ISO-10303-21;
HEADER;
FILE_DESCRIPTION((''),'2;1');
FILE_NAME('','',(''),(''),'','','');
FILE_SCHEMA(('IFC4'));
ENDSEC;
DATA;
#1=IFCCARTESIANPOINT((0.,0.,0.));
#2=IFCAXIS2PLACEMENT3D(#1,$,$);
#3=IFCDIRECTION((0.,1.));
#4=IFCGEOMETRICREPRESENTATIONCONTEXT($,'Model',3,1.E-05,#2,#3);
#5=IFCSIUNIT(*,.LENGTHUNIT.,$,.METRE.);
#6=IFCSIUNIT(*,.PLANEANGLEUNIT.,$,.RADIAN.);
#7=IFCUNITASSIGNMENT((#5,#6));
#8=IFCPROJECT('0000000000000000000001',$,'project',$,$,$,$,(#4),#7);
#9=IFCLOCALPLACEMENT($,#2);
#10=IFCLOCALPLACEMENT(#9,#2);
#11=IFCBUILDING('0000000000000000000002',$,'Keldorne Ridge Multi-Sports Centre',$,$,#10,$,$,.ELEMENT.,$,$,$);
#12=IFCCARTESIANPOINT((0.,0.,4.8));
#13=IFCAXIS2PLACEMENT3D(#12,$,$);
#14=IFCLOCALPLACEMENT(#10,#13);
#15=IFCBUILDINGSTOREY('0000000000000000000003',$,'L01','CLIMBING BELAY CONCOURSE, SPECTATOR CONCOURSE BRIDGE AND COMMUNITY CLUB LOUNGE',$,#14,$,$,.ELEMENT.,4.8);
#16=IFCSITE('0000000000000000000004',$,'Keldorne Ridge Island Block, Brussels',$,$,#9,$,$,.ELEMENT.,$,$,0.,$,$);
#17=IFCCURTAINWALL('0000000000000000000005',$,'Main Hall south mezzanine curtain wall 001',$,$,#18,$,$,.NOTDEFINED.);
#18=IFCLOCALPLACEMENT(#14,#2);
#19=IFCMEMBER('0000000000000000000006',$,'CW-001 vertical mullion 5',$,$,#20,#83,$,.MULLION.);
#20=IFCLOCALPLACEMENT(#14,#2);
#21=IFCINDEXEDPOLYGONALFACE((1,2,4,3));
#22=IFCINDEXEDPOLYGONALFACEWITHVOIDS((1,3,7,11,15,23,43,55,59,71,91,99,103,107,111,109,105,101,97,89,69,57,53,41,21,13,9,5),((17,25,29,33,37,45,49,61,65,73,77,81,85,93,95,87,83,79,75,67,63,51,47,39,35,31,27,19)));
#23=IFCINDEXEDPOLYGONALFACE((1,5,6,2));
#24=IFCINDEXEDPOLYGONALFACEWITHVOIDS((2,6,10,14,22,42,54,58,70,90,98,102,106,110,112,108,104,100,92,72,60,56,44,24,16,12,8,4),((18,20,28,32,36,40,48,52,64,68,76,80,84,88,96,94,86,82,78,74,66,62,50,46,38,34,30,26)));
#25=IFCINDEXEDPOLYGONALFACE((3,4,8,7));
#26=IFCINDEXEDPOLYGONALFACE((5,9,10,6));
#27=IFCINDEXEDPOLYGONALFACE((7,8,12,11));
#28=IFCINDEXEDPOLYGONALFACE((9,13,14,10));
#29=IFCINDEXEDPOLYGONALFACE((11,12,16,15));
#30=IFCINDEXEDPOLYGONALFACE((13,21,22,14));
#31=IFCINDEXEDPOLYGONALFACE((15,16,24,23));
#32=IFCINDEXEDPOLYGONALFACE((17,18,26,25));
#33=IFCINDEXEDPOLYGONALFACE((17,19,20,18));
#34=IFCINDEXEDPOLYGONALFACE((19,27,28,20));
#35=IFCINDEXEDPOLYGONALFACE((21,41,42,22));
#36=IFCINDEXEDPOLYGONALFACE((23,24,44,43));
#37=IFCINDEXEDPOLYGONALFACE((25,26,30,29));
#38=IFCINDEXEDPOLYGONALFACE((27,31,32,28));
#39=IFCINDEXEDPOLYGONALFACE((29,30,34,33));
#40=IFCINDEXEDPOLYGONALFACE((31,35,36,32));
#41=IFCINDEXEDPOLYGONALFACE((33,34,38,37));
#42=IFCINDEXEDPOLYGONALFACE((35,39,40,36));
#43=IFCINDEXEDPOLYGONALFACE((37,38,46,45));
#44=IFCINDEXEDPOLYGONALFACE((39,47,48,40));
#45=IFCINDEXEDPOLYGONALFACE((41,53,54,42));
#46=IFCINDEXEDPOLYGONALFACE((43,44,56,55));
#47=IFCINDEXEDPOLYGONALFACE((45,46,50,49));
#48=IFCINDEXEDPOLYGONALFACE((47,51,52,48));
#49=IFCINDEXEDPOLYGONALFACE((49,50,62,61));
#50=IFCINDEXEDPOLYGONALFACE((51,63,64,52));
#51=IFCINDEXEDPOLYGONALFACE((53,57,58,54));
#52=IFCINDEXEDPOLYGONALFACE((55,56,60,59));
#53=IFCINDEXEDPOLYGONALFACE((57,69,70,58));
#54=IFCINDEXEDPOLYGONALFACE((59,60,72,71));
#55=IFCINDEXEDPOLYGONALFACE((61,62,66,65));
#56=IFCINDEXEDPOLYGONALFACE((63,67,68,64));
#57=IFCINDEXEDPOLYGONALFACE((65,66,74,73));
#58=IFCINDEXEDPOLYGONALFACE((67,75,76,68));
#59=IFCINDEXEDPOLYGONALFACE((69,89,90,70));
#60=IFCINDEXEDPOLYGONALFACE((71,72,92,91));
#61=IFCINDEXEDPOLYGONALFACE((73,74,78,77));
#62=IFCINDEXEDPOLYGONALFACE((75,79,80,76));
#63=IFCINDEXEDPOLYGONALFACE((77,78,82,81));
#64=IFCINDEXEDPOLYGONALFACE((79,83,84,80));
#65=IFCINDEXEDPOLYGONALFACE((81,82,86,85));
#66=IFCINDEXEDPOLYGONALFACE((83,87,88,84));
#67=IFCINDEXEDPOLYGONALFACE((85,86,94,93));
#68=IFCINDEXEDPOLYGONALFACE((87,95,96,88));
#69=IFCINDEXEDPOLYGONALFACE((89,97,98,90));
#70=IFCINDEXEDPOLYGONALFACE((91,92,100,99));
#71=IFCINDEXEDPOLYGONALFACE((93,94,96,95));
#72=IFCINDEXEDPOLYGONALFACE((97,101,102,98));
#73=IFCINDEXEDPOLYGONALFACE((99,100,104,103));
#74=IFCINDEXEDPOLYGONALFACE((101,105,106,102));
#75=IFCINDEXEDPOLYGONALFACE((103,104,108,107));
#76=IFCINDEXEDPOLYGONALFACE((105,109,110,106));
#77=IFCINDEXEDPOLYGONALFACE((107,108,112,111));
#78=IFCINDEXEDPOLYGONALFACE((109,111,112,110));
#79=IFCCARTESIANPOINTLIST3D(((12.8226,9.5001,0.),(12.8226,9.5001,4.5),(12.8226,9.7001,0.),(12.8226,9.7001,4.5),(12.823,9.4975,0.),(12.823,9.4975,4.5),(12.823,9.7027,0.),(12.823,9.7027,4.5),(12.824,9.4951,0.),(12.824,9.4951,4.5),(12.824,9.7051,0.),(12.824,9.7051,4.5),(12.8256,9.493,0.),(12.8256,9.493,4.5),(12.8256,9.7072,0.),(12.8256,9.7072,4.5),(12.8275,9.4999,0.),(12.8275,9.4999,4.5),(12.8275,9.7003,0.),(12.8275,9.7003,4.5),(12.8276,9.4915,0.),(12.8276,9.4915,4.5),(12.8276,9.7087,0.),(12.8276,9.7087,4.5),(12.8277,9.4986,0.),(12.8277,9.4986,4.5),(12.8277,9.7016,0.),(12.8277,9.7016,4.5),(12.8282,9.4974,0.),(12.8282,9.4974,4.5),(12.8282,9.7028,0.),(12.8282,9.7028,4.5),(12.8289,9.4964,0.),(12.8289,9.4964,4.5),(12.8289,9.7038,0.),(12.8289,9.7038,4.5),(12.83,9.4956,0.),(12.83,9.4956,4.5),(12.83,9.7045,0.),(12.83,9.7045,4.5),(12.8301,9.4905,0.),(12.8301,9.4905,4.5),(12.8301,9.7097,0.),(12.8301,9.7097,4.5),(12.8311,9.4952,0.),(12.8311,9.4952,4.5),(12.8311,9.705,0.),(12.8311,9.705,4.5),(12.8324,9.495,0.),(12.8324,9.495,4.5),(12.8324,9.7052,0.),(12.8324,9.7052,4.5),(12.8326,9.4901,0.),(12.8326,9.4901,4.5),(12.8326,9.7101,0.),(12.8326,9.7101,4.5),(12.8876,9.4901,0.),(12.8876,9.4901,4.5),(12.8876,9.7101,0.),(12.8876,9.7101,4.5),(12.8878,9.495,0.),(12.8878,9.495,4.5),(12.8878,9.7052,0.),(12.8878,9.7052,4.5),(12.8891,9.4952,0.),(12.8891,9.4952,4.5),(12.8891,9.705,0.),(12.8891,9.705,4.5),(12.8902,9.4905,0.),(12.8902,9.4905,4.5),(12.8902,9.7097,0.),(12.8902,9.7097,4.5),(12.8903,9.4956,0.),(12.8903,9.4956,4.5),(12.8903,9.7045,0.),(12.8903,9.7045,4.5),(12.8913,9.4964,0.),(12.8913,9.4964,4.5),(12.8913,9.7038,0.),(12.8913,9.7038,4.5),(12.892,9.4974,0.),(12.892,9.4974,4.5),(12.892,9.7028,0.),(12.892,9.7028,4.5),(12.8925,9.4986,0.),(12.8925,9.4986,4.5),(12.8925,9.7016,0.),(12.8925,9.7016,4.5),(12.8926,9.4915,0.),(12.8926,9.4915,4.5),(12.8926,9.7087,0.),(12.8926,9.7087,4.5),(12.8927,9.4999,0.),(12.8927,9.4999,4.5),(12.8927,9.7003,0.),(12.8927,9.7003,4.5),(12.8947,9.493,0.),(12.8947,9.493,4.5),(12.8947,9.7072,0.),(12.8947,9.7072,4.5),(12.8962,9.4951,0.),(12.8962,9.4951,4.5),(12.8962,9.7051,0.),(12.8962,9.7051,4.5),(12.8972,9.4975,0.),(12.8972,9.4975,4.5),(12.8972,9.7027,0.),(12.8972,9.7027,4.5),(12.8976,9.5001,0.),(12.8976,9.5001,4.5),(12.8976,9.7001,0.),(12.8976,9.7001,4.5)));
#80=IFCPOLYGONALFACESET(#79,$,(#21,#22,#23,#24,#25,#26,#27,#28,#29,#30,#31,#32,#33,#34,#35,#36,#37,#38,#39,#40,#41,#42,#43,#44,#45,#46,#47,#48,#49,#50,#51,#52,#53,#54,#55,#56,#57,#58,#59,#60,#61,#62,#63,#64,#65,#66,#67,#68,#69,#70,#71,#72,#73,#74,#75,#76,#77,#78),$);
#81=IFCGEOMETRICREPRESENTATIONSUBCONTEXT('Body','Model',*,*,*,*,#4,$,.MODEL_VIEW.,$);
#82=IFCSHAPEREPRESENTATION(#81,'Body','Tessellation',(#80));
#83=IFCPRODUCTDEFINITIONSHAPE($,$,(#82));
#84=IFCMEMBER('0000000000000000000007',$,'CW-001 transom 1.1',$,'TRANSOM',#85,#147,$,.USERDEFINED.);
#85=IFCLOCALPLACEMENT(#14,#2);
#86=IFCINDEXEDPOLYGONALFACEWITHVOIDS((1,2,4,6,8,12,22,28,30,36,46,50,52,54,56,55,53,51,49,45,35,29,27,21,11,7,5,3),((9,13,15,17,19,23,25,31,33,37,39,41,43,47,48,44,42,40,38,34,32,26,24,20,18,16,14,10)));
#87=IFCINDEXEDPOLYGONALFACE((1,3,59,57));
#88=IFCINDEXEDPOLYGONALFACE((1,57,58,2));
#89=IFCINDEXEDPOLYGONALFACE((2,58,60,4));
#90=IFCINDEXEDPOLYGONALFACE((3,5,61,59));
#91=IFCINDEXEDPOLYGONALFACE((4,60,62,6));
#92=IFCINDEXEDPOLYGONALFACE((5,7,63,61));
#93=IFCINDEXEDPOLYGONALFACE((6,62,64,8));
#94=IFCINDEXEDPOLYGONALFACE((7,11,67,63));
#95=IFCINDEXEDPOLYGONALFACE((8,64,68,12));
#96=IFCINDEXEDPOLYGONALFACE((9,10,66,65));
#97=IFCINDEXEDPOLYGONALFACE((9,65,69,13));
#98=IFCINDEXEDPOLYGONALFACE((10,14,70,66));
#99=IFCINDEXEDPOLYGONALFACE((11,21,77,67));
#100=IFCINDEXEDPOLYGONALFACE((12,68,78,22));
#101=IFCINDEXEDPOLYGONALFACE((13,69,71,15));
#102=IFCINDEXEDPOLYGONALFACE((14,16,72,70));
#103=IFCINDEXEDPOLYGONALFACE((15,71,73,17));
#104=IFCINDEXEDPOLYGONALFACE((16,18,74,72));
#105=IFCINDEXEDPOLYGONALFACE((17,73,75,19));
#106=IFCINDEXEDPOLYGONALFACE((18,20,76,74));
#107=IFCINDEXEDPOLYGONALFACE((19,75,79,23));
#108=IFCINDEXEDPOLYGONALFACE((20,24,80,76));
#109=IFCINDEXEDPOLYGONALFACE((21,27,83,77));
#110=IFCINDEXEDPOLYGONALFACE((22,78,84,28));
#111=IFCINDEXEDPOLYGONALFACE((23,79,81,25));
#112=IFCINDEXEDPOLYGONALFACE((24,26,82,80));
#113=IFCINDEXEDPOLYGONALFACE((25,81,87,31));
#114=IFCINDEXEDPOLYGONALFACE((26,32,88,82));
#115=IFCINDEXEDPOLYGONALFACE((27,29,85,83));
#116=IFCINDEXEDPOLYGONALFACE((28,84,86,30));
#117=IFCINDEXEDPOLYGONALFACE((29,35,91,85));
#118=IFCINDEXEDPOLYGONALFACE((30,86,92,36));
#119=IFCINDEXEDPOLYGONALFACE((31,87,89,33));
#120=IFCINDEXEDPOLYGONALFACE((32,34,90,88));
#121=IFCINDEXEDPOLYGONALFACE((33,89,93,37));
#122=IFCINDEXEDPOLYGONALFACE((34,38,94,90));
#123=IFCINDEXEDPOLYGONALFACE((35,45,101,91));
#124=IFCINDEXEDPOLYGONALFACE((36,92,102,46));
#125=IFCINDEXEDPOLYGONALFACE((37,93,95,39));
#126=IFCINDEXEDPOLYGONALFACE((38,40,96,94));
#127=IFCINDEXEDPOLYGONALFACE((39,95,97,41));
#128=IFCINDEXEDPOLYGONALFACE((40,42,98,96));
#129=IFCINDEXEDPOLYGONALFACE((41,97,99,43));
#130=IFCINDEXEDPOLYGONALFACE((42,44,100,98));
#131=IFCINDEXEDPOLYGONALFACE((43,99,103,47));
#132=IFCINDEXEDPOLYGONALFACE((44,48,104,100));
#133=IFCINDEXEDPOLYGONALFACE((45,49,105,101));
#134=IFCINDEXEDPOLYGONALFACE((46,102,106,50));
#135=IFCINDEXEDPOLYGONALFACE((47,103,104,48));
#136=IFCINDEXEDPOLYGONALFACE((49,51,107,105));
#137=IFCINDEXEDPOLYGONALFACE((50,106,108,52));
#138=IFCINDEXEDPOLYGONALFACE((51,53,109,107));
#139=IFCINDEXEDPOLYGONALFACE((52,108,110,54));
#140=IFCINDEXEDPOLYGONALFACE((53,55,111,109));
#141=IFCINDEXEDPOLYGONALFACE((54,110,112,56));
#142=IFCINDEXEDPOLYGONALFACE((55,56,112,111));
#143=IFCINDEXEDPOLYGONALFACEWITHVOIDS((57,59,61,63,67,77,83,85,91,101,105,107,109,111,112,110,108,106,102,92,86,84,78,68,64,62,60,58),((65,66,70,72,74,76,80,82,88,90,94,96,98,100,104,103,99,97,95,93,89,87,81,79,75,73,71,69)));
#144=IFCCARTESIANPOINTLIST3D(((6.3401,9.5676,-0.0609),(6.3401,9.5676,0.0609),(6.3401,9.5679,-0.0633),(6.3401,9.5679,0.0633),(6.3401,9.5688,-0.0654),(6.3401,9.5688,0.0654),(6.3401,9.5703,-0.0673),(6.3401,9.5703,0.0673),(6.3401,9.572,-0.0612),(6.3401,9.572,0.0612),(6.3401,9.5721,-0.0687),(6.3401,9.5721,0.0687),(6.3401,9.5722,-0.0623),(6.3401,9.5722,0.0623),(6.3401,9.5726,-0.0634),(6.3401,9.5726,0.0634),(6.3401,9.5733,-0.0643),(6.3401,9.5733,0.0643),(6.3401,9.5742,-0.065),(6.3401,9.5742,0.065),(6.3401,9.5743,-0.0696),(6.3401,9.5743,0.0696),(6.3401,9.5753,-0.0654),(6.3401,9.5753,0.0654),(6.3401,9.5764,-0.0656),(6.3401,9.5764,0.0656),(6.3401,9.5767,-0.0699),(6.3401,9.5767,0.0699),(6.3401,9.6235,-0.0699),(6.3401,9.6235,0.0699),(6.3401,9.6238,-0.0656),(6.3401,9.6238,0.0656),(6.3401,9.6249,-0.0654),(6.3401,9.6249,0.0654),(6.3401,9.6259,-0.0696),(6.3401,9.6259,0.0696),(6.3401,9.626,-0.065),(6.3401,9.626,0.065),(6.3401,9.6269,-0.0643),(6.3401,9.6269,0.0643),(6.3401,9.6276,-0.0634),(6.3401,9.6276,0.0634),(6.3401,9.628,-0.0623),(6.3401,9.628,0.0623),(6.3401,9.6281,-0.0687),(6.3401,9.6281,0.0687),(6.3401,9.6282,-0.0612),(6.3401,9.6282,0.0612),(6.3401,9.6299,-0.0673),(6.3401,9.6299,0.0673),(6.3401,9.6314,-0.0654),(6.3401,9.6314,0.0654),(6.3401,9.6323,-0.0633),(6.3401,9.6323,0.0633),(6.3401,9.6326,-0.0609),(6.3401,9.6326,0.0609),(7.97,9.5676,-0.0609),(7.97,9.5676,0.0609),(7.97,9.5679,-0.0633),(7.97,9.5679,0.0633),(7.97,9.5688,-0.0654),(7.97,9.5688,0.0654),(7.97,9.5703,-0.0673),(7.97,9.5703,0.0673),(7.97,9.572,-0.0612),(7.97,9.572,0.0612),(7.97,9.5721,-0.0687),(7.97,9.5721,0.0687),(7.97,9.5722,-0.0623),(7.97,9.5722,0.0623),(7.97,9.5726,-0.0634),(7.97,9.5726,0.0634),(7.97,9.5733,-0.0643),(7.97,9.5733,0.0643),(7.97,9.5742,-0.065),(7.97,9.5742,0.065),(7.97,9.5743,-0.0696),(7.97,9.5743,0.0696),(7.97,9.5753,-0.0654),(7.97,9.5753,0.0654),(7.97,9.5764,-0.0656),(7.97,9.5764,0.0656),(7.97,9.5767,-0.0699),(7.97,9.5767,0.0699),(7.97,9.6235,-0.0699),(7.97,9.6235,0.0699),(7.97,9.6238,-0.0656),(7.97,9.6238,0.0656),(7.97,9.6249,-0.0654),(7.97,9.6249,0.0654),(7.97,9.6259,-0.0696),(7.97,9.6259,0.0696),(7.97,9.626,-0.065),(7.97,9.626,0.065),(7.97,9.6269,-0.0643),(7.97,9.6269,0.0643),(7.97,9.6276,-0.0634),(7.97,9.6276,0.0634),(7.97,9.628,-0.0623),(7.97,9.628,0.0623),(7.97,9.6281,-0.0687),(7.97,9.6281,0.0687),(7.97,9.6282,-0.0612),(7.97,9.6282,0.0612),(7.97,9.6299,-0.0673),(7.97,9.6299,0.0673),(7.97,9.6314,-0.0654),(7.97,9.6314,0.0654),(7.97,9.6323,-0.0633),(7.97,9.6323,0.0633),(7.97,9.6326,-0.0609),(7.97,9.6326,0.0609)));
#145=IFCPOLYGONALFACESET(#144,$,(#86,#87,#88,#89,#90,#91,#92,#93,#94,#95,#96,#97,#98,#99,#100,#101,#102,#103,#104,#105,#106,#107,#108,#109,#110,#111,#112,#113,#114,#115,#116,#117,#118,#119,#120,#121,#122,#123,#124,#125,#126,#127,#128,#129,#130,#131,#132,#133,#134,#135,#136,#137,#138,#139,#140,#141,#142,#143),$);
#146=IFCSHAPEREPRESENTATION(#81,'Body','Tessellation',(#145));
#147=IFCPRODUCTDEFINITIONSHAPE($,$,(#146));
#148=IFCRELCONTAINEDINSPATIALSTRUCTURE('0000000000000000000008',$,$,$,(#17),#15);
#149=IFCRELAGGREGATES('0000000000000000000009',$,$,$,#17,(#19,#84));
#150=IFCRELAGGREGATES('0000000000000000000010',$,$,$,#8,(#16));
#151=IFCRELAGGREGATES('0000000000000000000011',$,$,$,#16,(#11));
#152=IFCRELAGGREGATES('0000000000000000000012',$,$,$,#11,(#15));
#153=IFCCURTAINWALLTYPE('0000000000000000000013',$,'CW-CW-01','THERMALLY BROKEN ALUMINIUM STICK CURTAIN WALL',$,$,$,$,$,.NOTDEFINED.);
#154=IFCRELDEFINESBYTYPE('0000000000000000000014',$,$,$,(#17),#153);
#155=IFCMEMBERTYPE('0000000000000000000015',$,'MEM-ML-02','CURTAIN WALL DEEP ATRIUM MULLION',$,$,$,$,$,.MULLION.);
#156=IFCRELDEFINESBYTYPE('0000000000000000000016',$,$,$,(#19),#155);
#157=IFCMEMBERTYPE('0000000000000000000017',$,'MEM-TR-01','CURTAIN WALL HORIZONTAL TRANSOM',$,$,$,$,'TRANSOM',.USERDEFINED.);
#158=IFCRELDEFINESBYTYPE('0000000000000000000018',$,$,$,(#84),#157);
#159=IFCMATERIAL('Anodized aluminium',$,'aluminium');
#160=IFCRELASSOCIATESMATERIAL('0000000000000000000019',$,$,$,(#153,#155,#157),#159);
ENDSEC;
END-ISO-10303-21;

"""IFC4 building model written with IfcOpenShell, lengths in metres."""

from ifc_helpers import new_model, si_unit, direction, frame, origin, origin_2d, place, context, subcontext, project, spatial, hollow_rectangle, extrude, material, material_profile, profile_set, type_object, element, aggregate, save


model = new_model("IFC4")

# Units and contexts
model_context = context("Model", 3, precision=1e-05, world=origin(), true_north=direction((0.0, 1.0)))
body_context = subcontext(model_context, "Body", "Model", "MODEL_VIEW")
ifc_project = project(units=[si_unit("LENGTHUNIT", "METRE"), si_unit("PLANEANGLEUNIT", "RADIAN")], contexts=[model_context])

# Site, building, storey
site_placement = place(None, origin())
site = spatial("IfcSite", under=ifc_project, at=site_placement, Name="Keldorne Ridge Island Block, Brussels", CompositionType="ELEMENT", RefElevation=0.0)
building_placement = place(site_placement, origin())
building = spatial("IfcBuilding", under=site, at=building_placement, Name="Keldorne Ridge Multi-Sports Centre", CompositionType="ELEMENT")
storey_placement = place(building_placement, frame((0.0, 0.0, 4.8)))
storey = spatial("IfcBuildingStorey", under=building, at=storey_placement, Name="L01", Description="CLIMBING BELAY CONCOURSE, SPECTATOR CONCOURSE BRIDGE AND COMMUNITY CLUB LOUNGE", CompositionType="ELEMENT", Elevation=4.8)

# Curtain wall, members
ifc_material_1 = material(Name="Anodized aluminium", Category="aluminium")
curtain_wall_type = type_object("IfcCurtainWallType", Name="CW-CW-01", Description="THERMALLY BROKEN ALUMINIUM STICK CURTAIN WALL", PredefinedType="NOTDEFINED", material=ifc_material_1)
curtain_wall_placement = place(storey_placement, origin())
curtain_wall = element("IfcCurtainWall", 1, at=curtain_wall_placement, inside=storey, type_object=curtain_wall_type, Name="Main Hall south mezzanine curtain wall 001", PredefinedType="NOTDEFINED")
ifc_material_profile_1 = material_profile(ifc_material_1, hollow_rectangle(XDim=0.075, YDim=0.22, WallThickness=0.0049, InnerFilletRadius=0.0049, OuterFilletRadius=0.01, at=origin_2d()), Name="ALU MULLION 220x75x5")
ifc_profile_set_1 = profile_set([ifc_material_profile_1], Name="Anodized aluminium")
member_type_1 = type_object("IfcMemberType", Name="MEM-ML-02", Description="CURTAIN WALL DEEP ATRIUM MULLION", PredefinedType="MULLION", material=ifc_profile_set_1)
member_1_placement = place(storey_placement, frame((12.8601, 9.6001, 0.0), z_axis=(0.0, 0.0, 1.0), x_axis=(1.0, 0.0, 0.0)))
member_1 = element("IfcMember", 2, at=member_1_placement, type_object=member_type_1, Name="CW-001 vertical mullion 5", PredefinedType="MULLION", context=body_context, shape_type="SweptSolid", body=[
    extrude(hollow_rectangle(XDim=0.075, YDim=0.22, WallThickness=0.0049, InnerFilletRadius=0.0049, OuterFilletRadius=0.01, at=origin_2d()), origin(), (0.0, 0.0, 1.0), 4.5),
])
ifc_material_profile_2 = material_profile(ifc_material_1, hollow_rectangle(XDim=0.0649, YDim=0.1399, WallThickness=0.0044, InnerFilletRadius=0.0044, OuterFilletRadius=0.009, at=origin_2d()), Name="ALU TRANSOM 140x65x4.5")
ifc_profile_set_2 = profile_set([ifc_material_profile_2], Name="Anodized aluminium")
member_type_2 = type_object("IfcMemberType", Name="MEM-TR-01", Description="CURTAIN WALL HORIZONTAL TRANSOM", ElementType="TRANSOM", PredefinedType="USERDEFINED", material=ifc_profile_set_2)
member_2_placement = place(storey_placement, frame((6.3401, 9.6001, 0.0), z_axis=(1.0, 0.0, 0.0), x_axis=(0.0, 1.0, 0.0)))
member_2 = element("IfcMember", 3, at=member_2_placement, type_object=member_type_2, Name="CW-001 transom 1.1", ObjectType="TRANSOM", PredefinedType="USERDEFINED", context=body_context, shape_type="SweptSolid", body=[
    extrude(hollow_rectangle(XDim=0.0649, YDim=0.1399, WallThickness=0.0044, InnerFilletRadius=0.0044, OuterFilletRadius=0.009, at=origin_2d()), origin(), (0.0, 0.0, 1.0), 1.6299),
])
aggregate(curtain_wall, [member_1, member_2])

save(model, "model.ifc")
